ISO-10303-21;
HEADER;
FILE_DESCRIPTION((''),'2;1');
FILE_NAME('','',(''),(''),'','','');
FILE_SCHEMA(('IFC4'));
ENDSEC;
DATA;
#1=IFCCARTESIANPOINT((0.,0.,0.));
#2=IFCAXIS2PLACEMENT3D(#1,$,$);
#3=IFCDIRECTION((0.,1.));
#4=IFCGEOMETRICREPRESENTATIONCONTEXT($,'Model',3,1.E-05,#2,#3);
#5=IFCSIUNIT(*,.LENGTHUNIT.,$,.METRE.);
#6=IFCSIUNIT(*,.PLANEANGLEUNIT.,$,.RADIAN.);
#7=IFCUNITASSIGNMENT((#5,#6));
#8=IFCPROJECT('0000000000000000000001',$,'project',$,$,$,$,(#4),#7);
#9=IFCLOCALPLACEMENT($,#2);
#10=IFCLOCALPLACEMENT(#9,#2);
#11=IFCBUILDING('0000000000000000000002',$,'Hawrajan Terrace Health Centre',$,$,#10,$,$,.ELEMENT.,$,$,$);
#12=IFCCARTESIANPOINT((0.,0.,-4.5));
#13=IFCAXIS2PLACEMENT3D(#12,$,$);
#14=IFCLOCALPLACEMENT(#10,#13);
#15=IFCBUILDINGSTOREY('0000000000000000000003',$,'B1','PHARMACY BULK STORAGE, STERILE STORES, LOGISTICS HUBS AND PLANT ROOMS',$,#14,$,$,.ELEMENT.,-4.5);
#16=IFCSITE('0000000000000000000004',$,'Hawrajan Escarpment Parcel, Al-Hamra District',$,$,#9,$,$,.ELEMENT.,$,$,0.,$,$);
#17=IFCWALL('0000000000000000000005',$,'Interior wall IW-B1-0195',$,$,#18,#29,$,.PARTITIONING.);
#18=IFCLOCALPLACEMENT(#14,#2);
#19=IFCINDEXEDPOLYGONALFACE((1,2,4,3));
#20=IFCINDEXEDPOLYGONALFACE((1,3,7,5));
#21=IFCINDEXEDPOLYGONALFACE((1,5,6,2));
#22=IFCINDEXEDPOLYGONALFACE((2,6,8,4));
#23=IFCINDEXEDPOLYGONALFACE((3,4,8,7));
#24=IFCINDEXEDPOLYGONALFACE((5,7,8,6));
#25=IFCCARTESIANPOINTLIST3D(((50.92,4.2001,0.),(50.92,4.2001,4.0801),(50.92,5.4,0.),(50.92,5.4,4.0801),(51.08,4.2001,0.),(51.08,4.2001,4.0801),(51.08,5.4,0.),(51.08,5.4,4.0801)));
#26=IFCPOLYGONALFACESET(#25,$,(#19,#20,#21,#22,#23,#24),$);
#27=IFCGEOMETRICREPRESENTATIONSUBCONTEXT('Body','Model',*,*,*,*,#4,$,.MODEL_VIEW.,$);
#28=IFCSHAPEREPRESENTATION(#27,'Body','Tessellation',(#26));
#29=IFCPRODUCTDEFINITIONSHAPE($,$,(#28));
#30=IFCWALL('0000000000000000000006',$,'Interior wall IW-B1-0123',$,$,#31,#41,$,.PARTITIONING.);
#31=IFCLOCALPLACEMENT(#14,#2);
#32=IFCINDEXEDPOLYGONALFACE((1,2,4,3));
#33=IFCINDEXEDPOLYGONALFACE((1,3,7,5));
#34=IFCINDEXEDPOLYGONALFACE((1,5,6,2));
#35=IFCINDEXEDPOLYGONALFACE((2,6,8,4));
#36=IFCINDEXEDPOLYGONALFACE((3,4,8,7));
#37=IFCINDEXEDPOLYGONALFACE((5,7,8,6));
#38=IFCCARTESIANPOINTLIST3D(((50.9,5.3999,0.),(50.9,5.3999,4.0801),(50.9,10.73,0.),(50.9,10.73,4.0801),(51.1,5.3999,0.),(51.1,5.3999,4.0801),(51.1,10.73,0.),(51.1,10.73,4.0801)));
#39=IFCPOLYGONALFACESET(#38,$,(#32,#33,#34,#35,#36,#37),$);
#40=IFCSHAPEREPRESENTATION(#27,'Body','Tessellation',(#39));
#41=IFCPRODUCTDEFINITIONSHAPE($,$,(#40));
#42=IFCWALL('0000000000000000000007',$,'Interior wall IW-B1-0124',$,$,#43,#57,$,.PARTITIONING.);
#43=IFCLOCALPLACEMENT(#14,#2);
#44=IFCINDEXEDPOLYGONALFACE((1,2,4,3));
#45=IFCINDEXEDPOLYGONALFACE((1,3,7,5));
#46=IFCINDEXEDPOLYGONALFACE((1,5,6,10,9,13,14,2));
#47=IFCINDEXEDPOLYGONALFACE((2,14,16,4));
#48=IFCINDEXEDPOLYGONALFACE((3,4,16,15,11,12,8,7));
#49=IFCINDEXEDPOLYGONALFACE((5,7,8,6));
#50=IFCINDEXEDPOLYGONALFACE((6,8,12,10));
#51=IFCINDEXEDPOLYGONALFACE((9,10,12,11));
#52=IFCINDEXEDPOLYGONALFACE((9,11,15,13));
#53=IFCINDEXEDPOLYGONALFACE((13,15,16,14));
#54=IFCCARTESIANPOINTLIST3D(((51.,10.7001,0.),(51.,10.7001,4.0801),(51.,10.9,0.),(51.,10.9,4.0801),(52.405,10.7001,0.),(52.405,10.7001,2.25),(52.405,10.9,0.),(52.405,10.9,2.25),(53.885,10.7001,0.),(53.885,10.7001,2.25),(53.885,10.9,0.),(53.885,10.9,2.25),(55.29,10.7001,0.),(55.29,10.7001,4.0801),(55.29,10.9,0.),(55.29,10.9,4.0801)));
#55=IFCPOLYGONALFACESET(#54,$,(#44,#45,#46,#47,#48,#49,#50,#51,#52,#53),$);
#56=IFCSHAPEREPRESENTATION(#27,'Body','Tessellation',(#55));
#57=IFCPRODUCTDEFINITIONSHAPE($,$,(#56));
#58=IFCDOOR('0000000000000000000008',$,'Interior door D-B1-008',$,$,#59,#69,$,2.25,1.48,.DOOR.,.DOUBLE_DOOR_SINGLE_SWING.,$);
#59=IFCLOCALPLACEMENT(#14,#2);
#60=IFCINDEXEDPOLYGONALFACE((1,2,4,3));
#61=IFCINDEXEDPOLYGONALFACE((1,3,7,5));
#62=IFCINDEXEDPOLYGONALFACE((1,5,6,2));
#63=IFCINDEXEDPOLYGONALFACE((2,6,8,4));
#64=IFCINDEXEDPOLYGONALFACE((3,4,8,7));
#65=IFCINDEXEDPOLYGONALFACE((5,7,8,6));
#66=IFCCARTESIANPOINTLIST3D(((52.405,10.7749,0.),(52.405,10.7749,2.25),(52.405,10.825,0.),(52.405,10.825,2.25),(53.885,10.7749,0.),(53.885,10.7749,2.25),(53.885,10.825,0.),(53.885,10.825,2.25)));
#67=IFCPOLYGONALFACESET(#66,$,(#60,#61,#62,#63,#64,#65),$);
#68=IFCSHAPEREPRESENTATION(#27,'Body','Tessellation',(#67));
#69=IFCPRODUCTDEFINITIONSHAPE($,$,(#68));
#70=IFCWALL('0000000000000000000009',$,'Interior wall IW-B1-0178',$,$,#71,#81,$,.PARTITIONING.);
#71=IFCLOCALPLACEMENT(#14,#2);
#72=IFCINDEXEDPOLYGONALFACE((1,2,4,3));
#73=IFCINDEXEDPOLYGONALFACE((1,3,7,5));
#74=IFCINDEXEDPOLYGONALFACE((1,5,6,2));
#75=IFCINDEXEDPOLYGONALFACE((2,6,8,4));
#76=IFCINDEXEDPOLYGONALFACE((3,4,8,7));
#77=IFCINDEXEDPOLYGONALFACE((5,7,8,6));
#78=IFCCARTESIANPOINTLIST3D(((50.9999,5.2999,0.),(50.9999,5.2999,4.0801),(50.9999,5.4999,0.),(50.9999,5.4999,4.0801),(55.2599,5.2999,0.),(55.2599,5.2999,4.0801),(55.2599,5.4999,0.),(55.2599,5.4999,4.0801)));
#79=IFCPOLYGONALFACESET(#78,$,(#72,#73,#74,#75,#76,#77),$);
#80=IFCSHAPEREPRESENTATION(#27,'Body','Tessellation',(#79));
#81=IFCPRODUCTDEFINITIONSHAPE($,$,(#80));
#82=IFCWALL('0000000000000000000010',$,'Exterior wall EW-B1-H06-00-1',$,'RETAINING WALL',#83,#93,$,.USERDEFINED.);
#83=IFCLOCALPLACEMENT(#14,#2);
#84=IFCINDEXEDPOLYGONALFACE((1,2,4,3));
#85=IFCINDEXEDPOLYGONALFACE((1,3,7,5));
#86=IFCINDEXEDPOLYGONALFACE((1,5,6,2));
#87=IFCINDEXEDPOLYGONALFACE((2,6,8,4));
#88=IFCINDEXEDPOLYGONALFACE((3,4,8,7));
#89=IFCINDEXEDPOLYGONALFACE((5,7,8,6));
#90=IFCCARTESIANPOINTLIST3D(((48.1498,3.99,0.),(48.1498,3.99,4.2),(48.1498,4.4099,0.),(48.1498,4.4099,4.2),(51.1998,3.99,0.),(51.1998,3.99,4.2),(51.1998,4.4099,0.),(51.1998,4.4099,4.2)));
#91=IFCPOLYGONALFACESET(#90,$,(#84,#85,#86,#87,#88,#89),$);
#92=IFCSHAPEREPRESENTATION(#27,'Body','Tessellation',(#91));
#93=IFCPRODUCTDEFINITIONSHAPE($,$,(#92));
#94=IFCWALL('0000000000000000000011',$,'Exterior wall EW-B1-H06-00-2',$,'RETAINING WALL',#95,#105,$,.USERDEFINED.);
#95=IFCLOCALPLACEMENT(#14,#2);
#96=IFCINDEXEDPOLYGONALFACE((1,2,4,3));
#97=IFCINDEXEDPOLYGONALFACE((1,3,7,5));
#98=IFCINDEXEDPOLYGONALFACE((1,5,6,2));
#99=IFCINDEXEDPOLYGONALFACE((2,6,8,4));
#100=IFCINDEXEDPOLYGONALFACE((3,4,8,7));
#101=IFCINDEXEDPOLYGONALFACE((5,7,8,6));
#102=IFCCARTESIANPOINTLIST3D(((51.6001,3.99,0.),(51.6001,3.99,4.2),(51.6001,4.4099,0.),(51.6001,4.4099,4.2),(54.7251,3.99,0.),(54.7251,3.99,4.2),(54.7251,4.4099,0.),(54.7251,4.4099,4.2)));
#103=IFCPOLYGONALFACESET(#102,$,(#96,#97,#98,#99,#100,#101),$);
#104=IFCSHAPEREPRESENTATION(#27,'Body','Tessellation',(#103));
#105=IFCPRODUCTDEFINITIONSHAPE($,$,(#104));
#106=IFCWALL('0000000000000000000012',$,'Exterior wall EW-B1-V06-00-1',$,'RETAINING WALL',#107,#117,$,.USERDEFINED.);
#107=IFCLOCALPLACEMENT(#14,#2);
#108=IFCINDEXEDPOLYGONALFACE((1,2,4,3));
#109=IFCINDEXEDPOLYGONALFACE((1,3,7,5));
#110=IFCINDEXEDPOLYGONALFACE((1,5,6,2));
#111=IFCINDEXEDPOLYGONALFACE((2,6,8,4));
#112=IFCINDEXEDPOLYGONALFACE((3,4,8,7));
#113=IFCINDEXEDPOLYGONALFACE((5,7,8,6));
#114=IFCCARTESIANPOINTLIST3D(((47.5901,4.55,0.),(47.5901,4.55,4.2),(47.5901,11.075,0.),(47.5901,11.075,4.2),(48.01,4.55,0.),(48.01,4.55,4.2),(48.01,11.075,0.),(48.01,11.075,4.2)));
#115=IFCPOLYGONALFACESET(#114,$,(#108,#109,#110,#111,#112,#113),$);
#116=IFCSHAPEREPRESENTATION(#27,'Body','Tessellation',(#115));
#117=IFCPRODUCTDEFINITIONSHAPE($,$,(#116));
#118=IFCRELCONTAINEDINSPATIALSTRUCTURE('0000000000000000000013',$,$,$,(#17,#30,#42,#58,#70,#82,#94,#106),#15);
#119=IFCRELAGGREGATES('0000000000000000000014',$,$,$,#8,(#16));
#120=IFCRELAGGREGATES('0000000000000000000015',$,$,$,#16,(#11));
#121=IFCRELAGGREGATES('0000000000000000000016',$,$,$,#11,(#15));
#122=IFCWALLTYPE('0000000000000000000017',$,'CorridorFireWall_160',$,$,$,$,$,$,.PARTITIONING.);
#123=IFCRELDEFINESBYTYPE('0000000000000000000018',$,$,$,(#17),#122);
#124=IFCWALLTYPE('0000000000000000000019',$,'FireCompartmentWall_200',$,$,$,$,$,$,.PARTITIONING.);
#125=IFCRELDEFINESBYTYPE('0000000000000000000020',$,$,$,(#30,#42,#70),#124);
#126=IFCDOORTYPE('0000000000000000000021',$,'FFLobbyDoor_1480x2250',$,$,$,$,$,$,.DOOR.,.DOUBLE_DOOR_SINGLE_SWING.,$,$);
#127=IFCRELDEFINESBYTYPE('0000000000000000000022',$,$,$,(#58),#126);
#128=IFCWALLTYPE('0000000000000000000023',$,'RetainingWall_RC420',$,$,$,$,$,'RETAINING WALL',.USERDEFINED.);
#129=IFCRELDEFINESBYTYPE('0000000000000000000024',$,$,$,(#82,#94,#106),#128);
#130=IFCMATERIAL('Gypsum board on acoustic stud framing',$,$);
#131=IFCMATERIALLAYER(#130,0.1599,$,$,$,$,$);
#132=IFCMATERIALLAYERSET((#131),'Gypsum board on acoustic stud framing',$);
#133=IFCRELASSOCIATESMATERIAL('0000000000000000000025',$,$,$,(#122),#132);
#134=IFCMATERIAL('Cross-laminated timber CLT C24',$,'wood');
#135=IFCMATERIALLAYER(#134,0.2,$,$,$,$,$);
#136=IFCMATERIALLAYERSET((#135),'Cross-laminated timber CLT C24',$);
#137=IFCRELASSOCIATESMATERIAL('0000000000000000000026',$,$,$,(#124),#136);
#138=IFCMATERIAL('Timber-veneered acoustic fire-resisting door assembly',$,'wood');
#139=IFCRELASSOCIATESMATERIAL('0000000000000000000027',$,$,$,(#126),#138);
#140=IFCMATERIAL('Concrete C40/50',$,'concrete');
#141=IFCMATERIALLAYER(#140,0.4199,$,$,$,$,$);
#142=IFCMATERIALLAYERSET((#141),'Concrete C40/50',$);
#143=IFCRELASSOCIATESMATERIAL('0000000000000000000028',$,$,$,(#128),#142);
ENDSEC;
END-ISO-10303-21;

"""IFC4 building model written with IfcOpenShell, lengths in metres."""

from ifc_helpers import new_model, si_unit, direction, frame, frame_2d, origin, place, context, subcontext, project, spatial, rectangle, extrude, material, layer, layer_set, type_object, element, fill, save


model = new_model("IFC4")

# Units and contexts
model_context = context("Model", 3, precision=1e-05, world=origin(), true_north=direction((0.0, 1.0)))
body_context = subcontext(model_context, "Body", "Model", "MODEL_VIEW")
ifc_project = project(units=[si_unit("LENGTHUNIT", "METRE"), si_unit("PLANEANGLEUNIT", "RADIAN")], contexts=[model_context])

# Site, building, storey
site_placement = place(None, origin())
site = spatial("IfcSite", under=ifc_project, at=site_placement, Name="Hawrajan Escarpment Parcel, Al-Hamra District", CompositionType="ELEMENT", RefElevation=0.0)
building_placement = place(site_placement, origin())
building = spatial("IfcBuilding", under=site, at=building_placement, Name="Hawrajan Terrace Health Centre", CompositionType="ELEMENT")
storey_placement = place(building_placement, frame((0.0, 0.0, -4.5)))
storey = spatial("IfcBuildingStorey", under=building, at=storey_placement, Name="B1", Description="PHARMACY BULK STORAGE, STERILE STORES, LOGISTICS HUBS AND PLANT ROOMS", CompositionType="ELEMENT", Elevation=-4.5)

# Shared definitions
ifc_material_1 = material(Name="Concrete C40/50", Category="concrete")

# Shared definitions
ifc_material_2 = material(Name="Gypsum board on acoustic stud framing")
ifc_layer_1 = layer(ifc_material_2, 0.1599)
ifc_layer_set_1 = layer_set([ifc_layer_1], Name="Gypsum board on acoustic stud framing")
wall_type_1 = type_object("IfcWallType", Name="CorridorFireWall_160", PredefinedType="PARTITIONING", material=ifc_layer_set_1)
ifc_material_3 = material(Name="Timber-veneered acoustic fire-resisting door assembly", Category="wood")

# Walls
wall_1_placement = place(storey_placement, frame((51.0, 4.2, 0.0), z_axis=(0.0, 0.0, 1.0), x_axis=(0.0, 1.0, 0.0)))
element("IfcWall", 1, at=wall_1_placement, inside=storey, type_object=wall_type_1, Name="Interior wall IW-B1-0195", PredefinedType="PARTITIONING", context=body_context, shape_type="SweptSolid", body=[
    extrude(rectangle(XDim=1.2, YDim=0.1599, at=frame_2d((0.6001, 0.0))), origin(), (0.0, 0.0, 1.0), 4.0801),
])
ifc_material_4 = material(Name="Cross-laminated timber CLT C24", Category="wood")
ifc_layer_2 = layer(ifc_material_4, 0.2)
ifc_layer_set_2 = layer_set([ifc_layer_2], Name="Cross-laminated timber CLT C24")
wall_type_2 = type_object("IfcWallType", Name="FireCompartmentWall_200", PredefinedType="PARTITIONING", material=ifc_layer_set_2)
wall_2_placement = place(storey_placement, frame((51.0, 5.3999, 0.0), z_axis=(0.0, 0.0, 1.0), x_axis=(0.0, 1.0, 0.0)))
element("IfcWall", 2, at=wall_2_placement, inside=storey, type_object=wall_type_2, Name="Interior wall IW-B1-0123", PredefinedType="PARTITIONING", context=body_context, shape_type="SweptSolid", body=[
    extrude(rectangle(XDim=5.3301, YDim=0.2, at=frame_2d((2.665, 0.0))), origin(), (0.0, 0.0, 1.0), 4.0801),
])

# Wall, opening, door
wall_3_placement = place(storey_placement, frame((51.0, 10.8, 0.0), z_axis=(0.0, 0.0, 1.0), x_axis=(1.0, 0.0, 0.0)))
wall_3 = element("IfcWall", 3, at=wall_3_placement, inside=storey, type_object=wall_type_2, Name="Interior wall IW-B1-0124", PredefinedType="PARTITIONING", context=body_context, shape_type="SweptSolid", body=[
    extrude(rectangle(XDim=4.29, YDim=0.2, at=frame_2d((2.145, 0.0))), origin(), (0.0, 0.0, 1.0), 4.0801),
])
opening_1_placement = place(wall_3_placement, frame((1.405, 0.0, 0.0)))
opening_1 = element("IfcOpeningElement", 4, at=opening_1_placement, cuts=wall_3, PredefinedType="OPENING", context=body_context, shape_type="SweptSolid", body=[
    extrude(rectangle(XDim=1.48, YDim=2.25, at=frame_2d((0.74, 1.125))), frame((0.0, 0.1099, 0.0), z_axis=(0.0, -1.0, 0.0), x_axis=(1.0, 0.0, 0.0)), (0.0, 0.0, 1.0), 0.22),
])
door_type_1 = type_object("IfcDoorType", Name="FFLobbyDoor_1480x2250", OperationType="DOUBLE_DOOR_SINGLE_SWING", PredefinedType="DOOR", material=ifc_material_3)
door_1_placement = place(opening_1_placement, origin())
door_1 = element("IfcDoor", 5, at=door_1_placement, inside=storey, type_object=door_type_1, Name="Interior door D-B1-008", OperationType="DOUBLE_DOOR_SINGLE_SWING", OverallHeight=2.25, OverallWidth=1.48, PredefinedType="DOOR", context=body_context, shape_type="SweptSolid", body=[
    extrude(rectangle(XDim=1.48, YDim=2.25, at=frame_2d((0.74, 1.125))), frame((0.0, 0.0249, 0.0), z_axis=(0.0, -1.0, 0.0), x_axis=(1.0, 0.0, 0.0)), (0.0, 0.0, 1.0), 0.05),
])
fill(opening_1, door_1)

# Walls
wall_4_placement = place(storey_placement, frame((51.0, 5.3999, 0.0), z_axis=(0.0, 0.0, 1.0), x_axis=(1.0, 0.0, 0.0)))
element("IfcWall", 6, at=wall_4_placement, inside=storey, type_object=wall_type_2, Name="Interior wall IW-B1-0178", PredefinedType="PARTITIONING", context=body_context, shape_type="SweptSolid", body=[
    extrude(rectangle(XDim=4.26, YDim=0.2, at=frame_2d((2.1299, 0.0))), origin(), (0.0, 0.0, 1.0), 4.0801),
])
ifc_layer_3 = layer(ifc_material_1, 0.4199)
ifc_layer_set_3 = layer_set([ifc_layer_3], Name="Concrete C40/50")
wall_type_3 = type_object("IfcWallType", Name="RetainingWall_RC420", ElementType="RETAINING WALL", PredefinedType="USERDEFINED", material=ifc_layer_set_3)
wall_5_placement = place(storey_placement, frame((48.1499, 4.2, 0.0), z_axis=(0.0, 0.0, 1.0), x_axis=(1.0, 0.0, 0.0)))
element("IfcWall", 7, at=wall_5_placement, inside=storey, type_object=wall_type_3, Name="Exterior wall EW-B1-H06-00-1", ObjectType="RETAINING WALL", PredefinedType="USERDEFINED", context=body_context, shape_type="SweptSolid", body=[
    extrude(rectangle(XDim=3.05, YDim=0.4199, at=frame_2d((1.5249, 0.0))), origin(), (0.0, 0.0, 1.0), 4.2),
])
wall_6_placement = place(storey_placement, frame((51.6001, 4.2, 0.0), z_axis=(0.0, 0.0, 1.0), x_axis=(1.0, 0.0, 0.0)))
element("IfcWall", 8, at=wall_6_placement, inside=storey, type_object=wall_type_3, Name="Exterior wall EW-B1-H06-00-2", ObjectType="RETAINING WALL", PredefinedType="USERDEFINED", context=body_context, shape_type="SweptSolid", body=[
    extrude(rectangle(XDim=3.125, YDim=0.4199, at=frame_2d((1.5625, 0.0))), origin(), (0.0, 0.0, 1.0), 4.2),
])
wall_7_placement = place(storey_placement, frame((47.8, 4.55, 0.0), z_axis=(0.0, 0.0, 1.0), x_axis=(0.0, 1.0, 0.0)))
element("IfcWall", 9, at=wall_7_placement, inside=storey, type_object=wall_type_3, Name="Exterior wall EW-B1-V06-00-1", ObjectType="RETAINING WALL", PredefinedType="USERDEFINED", context=body_context, shape_type="SweptSolid", body=[
    extrude(rectangle(XDim=6.5249, YDim=0.4199, at=frame_2d((3.2625, 0.0))), origin(), (0.0, 0.0, 1.0), 4.2),
])

save(model, "model.ifc")
